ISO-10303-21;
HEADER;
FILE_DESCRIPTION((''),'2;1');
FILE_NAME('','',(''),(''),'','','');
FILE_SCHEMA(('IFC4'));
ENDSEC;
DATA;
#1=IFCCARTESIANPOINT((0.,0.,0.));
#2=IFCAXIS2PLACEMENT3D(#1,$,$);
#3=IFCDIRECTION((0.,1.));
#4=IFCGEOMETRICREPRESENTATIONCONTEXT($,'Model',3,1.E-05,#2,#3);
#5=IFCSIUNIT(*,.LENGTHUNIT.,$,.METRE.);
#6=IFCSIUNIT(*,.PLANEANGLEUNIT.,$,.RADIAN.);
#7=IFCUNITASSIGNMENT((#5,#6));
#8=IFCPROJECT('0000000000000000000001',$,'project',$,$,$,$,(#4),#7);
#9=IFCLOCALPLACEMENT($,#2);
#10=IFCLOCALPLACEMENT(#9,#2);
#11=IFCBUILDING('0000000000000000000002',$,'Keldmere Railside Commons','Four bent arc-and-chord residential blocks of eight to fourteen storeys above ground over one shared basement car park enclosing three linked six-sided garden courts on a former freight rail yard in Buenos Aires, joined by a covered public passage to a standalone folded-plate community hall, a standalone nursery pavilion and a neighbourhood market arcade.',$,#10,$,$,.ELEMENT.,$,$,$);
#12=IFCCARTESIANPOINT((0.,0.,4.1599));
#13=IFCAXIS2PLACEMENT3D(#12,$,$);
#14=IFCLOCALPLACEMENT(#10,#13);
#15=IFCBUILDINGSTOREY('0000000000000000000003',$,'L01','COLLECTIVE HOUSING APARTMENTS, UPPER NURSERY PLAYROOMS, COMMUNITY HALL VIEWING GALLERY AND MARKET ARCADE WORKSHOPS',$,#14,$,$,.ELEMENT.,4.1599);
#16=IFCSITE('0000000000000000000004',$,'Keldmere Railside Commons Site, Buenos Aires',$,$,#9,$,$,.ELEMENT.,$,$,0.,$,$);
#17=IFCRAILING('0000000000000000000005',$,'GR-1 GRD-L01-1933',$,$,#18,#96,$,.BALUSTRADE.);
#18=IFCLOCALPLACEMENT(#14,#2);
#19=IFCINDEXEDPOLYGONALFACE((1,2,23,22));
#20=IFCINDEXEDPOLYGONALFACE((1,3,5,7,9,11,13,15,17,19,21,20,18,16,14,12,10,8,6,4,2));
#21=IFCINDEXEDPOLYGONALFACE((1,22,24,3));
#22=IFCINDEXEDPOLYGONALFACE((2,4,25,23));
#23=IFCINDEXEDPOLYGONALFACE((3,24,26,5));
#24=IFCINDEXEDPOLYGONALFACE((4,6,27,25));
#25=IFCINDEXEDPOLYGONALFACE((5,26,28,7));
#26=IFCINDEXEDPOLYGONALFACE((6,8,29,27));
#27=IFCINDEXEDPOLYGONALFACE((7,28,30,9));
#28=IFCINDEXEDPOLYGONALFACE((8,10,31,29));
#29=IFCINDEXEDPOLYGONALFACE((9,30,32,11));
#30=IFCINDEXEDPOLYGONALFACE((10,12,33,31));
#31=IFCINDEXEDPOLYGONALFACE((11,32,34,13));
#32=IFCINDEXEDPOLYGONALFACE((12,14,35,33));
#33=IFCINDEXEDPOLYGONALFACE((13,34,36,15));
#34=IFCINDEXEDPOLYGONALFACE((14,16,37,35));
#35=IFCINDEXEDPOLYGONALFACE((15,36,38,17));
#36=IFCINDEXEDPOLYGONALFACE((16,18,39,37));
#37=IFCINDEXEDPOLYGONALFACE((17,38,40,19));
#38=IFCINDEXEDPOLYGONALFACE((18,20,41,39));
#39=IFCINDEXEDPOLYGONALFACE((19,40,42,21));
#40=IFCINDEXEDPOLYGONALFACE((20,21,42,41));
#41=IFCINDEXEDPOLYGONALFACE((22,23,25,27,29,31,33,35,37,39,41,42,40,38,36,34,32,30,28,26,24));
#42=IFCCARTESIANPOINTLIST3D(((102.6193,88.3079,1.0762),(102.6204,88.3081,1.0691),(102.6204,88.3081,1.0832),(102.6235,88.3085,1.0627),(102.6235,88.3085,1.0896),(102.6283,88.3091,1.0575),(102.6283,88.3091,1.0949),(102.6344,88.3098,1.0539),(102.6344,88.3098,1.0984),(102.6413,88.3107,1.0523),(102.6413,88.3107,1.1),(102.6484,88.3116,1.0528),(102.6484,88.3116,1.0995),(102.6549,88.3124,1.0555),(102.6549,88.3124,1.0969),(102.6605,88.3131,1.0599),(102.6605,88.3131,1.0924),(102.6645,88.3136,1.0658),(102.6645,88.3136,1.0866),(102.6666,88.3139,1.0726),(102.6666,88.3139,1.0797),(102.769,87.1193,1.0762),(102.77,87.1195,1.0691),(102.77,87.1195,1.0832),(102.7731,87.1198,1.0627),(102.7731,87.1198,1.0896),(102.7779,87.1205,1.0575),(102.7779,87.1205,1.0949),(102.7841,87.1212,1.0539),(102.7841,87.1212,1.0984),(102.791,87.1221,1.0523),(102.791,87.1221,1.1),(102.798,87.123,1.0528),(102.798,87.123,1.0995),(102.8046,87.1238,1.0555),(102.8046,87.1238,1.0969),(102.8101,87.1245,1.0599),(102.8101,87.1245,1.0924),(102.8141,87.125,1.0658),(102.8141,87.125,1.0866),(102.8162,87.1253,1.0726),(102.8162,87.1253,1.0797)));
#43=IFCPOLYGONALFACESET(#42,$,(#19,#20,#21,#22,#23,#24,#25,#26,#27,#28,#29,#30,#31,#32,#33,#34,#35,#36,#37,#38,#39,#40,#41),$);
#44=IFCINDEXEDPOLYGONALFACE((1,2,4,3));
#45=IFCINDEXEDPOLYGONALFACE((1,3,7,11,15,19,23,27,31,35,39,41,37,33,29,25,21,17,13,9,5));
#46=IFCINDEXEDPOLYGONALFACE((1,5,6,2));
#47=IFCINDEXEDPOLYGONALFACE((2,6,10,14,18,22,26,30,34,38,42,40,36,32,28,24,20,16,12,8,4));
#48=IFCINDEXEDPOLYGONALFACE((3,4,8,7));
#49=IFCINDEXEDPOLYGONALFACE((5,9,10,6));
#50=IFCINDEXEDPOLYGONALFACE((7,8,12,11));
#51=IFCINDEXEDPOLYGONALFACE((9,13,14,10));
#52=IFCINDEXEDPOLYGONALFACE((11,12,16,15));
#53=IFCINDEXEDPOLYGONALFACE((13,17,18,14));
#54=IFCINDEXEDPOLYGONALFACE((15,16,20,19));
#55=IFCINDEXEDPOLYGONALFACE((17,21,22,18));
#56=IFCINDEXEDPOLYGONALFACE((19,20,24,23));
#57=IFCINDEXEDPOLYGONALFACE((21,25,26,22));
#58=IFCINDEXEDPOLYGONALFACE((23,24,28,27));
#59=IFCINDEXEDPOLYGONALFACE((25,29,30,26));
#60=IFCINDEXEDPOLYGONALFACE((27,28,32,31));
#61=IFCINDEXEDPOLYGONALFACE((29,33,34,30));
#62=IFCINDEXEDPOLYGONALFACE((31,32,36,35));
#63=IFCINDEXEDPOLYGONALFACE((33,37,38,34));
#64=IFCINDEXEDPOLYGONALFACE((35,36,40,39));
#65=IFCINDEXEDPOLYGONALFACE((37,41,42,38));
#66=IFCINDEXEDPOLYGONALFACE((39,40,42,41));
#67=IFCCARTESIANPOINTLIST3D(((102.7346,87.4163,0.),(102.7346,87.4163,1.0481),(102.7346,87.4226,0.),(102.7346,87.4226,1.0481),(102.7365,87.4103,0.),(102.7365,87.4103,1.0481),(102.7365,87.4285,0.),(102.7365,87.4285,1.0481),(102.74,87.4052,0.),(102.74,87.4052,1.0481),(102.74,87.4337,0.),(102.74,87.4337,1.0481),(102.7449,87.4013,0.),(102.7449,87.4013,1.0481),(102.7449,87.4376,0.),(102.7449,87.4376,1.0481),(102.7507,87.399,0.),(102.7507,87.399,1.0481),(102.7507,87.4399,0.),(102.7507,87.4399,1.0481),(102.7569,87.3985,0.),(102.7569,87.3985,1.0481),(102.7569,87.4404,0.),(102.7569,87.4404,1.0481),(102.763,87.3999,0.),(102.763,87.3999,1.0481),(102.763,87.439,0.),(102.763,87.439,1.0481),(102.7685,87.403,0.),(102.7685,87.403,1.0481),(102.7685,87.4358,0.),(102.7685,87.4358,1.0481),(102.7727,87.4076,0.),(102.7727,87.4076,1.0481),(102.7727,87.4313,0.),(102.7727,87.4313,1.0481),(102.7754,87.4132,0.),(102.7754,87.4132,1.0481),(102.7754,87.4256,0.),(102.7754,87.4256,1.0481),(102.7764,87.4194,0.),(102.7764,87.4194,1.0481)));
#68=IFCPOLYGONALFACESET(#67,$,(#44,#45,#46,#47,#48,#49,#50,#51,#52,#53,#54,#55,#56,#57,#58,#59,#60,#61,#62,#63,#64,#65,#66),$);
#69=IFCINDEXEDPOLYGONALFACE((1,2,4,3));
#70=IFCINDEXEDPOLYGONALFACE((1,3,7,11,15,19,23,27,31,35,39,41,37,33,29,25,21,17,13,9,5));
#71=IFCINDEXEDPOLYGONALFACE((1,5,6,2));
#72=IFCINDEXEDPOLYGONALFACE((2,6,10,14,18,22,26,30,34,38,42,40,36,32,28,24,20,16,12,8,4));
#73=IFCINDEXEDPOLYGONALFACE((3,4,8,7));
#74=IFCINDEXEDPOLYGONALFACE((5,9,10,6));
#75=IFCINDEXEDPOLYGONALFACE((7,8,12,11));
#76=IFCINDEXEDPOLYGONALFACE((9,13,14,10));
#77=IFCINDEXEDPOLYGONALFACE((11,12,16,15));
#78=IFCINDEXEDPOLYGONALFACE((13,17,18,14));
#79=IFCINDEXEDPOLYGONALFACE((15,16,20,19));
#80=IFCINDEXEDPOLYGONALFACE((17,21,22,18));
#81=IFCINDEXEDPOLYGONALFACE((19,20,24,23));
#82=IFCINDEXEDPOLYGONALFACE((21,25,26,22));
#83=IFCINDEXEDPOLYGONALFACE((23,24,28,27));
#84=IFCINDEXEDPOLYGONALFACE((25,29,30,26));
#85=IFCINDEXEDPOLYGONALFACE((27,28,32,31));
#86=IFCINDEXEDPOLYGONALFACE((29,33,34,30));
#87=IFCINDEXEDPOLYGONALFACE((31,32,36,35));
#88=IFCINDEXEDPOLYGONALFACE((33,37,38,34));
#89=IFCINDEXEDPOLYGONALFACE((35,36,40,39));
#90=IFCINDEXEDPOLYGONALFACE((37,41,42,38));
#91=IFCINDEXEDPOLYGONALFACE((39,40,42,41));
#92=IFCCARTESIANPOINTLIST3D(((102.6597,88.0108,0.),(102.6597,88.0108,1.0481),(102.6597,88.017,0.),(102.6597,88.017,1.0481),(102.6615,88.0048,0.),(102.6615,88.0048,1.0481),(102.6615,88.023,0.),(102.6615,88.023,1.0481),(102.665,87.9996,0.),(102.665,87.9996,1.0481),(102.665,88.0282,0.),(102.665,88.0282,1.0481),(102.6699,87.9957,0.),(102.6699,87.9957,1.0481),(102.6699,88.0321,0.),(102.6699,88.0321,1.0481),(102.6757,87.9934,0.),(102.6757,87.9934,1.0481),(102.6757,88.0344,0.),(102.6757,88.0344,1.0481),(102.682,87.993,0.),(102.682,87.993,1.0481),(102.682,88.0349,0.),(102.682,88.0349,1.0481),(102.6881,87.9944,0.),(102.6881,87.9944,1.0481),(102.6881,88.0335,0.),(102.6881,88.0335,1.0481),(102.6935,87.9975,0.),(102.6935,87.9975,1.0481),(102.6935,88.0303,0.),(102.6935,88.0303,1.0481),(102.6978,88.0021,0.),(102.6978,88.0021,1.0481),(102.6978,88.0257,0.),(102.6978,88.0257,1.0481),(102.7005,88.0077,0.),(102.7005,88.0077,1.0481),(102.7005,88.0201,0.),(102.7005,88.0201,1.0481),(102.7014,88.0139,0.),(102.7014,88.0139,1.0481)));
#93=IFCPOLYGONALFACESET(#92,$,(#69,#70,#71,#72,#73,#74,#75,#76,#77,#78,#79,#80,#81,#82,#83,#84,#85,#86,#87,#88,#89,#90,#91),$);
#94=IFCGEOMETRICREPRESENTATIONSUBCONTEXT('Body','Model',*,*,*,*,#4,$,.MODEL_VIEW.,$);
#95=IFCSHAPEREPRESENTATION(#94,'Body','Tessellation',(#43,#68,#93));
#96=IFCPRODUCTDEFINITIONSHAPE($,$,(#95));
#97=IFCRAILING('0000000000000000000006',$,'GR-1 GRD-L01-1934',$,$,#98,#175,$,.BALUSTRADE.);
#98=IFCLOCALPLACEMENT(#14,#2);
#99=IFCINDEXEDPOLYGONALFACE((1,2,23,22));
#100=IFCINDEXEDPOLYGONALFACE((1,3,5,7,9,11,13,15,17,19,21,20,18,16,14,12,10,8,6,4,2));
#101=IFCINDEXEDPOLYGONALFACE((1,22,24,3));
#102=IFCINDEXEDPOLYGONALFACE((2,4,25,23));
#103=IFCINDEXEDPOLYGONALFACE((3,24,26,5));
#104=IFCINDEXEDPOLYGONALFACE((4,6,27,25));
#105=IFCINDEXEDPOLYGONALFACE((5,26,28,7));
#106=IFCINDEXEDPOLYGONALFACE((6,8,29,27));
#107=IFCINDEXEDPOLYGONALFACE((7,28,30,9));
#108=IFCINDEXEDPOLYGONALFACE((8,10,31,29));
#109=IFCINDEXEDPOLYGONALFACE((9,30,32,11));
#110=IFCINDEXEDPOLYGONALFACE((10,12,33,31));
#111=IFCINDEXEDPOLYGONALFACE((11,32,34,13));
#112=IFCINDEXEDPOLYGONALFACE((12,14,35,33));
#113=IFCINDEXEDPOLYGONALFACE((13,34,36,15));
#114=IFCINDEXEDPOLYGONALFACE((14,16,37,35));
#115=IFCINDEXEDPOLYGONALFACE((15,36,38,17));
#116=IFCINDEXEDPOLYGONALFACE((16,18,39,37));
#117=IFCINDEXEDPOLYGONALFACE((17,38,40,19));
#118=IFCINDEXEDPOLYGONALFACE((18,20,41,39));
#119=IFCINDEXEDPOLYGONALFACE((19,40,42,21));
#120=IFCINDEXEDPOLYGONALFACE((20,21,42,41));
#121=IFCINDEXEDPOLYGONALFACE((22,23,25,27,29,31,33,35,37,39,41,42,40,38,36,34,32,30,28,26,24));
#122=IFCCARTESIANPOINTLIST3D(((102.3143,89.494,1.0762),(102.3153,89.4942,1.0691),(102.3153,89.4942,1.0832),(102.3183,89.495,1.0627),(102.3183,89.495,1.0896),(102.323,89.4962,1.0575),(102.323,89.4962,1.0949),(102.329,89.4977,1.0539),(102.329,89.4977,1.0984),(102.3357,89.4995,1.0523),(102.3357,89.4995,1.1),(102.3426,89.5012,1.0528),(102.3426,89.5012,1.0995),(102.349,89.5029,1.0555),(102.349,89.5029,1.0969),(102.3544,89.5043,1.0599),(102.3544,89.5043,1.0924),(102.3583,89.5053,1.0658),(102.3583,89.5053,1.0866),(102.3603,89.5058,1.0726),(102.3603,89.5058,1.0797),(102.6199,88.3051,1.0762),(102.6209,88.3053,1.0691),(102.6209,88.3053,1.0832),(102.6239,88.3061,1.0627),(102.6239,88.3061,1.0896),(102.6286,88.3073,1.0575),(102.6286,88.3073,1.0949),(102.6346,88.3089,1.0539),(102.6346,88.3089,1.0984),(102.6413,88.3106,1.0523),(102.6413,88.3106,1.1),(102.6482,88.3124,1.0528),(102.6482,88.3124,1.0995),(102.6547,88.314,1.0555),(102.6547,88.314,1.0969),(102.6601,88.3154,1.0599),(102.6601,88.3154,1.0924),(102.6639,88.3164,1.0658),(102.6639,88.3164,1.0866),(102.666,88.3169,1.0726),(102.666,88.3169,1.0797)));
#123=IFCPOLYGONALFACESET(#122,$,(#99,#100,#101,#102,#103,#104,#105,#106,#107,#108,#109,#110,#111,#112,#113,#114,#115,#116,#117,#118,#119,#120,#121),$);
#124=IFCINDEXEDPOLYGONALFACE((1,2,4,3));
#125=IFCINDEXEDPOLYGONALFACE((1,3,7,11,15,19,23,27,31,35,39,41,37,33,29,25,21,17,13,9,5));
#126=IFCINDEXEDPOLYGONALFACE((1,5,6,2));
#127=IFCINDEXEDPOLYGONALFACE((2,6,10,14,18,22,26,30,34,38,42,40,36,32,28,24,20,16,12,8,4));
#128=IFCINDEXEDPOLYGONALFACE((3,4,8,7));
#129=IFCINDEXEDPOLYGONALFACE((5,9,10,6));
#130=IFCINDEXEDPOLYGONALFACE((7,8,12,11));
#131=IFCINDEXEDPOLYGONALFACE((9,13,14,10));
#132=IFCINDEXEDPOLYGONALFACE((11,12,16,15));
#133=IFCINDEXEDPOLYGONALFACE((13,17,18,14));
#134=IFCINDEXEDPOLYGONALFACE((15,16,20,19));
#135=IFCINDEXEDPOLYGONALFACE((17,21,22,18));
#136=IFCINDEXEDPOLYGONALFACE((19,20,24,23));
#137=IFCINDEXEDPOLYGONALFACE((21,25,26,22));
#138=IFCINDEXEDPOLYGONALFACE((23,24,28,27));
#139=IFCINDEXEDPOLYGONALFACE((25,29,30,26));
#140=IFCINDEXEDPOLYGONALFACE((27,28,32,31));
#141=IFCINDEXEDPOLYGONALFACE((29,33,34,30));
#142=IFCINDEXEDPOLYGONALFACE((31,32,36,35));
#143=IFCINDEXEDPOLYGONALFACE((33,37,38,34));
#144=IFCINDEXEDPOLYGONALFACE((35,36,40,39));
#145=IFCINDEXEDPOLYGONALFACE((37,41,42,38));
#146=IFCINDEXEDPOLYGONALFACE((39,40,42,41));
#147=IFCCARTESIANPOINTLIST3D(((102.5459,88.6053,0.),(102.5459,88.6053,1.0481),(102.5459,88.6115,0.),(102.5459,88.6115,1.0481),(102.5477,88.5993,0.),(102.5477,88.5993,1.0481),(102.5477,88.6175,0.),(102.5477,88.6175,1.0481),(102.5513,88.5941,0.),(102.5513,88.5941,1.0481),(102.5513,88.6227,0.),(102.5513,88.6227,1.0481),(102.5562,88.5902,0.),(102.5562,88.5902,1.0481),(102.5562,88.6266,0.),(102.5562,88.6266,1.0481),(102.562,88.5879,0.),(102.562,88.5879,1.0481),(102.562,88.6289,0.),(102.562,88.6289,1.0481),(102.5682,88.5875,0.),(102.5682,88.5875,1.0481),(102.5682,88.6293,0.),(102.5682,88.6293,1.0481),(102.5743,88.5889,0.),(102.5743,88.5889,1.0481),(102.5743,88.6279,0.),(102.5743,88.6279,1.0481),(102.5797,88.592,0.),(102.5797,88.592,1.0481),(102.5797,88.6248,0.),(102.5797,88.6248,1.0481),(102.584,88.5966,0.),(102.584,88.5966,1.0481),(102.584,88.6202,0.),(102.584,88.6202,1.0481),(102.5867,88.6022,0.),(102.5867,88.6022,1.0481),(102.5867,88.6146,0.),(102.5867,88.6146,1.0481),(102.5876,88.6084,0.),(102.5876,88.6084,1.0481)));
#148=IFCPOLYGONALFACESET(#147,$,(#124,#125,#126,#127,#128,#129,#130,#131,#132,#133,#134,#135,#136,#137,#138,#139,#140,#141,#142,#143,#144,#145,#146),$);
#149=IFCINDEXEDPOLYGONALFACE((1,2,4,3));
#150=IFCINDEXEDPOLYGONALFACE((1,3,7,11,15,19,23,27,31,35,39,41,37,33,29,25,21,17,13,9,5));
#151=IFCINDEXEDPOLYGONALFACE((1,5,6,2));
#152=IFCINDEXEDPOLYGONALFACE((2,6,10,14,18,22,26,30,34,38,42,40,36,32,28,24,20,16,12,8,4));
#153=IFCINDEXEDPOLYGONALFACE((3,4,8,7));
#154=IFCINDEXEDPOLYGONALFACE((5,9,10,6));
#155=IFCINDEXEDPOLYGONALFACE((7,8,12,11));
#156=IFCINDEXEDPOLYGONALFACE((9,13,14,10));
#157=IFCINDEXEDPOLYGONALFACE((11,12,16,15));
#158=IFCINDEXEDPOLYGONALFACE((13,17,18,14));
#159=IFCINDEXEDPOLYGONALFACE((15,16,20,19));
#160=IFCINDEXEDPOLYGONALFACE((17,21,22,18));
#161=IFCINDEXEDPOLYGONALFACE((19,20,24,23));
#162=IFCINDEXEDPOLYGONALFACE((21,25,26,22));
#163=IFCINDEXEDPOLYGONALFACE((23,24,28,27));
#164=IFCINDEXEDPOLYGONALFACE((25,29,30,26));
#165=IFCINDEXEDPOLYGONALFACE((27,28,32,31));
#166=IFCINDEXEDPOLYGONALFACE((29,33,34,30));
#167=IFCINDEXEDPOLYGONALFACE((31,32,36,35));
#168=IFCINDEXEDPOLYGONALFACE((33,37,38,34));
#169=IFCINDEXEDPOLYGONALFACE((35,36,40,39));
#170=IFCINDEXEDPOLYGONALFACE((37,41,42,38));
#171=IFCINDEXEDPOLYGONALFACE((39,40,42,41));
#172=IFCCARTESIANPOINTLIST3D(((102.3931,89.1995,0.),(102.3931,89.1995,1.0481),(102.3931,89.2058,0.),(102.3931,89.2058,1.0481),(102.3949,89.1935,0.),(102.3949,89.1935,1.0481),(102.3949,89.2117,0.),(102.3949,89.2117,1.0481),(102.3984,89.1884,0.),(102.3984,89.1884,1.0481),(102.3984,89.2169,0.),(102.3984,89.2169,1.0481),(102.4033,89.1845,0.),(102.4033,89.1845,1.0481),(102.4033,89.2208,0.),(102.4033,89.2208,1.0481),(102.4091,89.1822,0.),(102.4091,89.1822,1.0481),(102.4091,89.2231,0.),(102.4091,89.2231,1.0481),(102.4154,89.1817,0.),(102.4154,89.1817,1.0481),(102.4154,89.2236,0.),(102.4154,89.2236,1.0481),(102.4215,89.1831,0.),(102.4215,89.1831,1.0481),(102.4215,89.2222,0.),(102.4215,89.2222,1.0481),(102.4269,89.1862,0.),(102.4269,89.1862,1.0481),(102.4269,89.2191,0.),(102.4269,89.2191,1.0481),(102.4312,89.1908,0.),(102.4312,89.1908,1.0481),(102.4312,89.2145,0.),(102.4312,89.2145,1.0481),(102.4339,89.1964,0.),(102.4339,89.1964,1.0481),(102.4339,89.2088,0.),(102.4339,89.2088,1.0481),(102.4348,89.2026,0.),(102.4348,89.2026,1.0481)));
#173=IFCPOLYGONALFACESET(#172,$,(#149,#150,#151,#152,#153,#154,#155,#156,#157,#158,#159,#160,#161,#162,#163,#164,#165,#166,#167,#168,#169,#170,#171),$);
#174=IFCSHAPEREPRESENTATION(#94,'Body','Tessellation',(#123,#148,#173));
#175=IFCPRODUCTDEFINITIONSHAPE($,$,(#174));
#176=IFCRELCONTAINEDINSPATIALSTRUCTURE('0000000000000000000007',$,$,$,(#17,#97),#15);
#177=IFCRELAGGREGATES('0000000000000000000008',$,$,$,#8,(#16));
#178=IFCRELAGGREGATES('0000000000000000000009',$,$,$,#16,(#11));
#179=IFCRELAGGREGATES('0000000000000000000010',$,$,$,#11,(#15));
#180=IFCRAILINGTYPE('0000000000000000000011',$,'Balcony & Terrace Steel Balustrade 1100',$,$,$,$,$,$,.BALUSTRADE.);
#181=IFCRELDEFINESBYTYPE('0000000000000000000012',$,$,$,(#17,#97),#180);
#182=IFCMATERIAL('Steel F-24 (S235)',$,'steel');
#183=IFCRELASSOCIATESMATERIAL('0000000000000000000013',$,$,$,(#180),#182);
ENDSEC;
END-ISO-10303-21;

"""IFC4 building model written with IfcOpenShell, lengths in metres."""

from ifc_helpers import new_model, si_unit, direction, frame, origin, origin_2d, place, context, subcontext, project, spatial, circle, extrude, material, type_object, element, save


model = new_model("IFC4")

# Units and contexts
model_context = context("Model", 3, precision=1e-05, world=origin(), true_north=direction((0.0, 1.0)))
body_context = subcontext(model_context, "Body", "Model", "MODEL_VIEW")
ifc_project = project(units=[si_unit("LENGTHUNIT", "METRE"), si_unit("PLANEANGLEUNIT", "RADIAN")], contexts=[model_context])

# Site, building, storey
site_placement = place(None, origin())
site = spatial("IfcSite", under=ifc_project, at=site_placement, Name="Keldmere Railside Commons Site, Buenos Aires", CompositionType="ELEMENT", RefElevation=0.0)
building_placement = place(site_placement, origin())
building = spatial("IfcBuilding", under=site, at=building_placement, Name="Keldmere Railside Commons", Description="Four bent arc-and-chord residential blocks of eight to fourteen storeys above ground over one shared basement car park enclosing three linked six-sided garden courts on a former freight rail yard in Buenos Aires, joined by a covered public passage to a standalone folded-plate community hall, a standalone nursery pavilion and a neighbourhood market arcade.", CompositionType="ELEMENT")
storey_placement = place(building_placement, frame((0.0, 0.0, 4.1599)))
storey = spatial("IfcBuildingStorey", under=building, at=storey_placement, Name="L01", Description="COLLECTIVE HOUSING APARTMENTS, UPPER NURSERY PLAYROOMS, COMMUNITY HALL VIEWING GALLERY AND MARKET ARCADE WORKSHOPS", CompositionType="ELEMENT", Elevation=4.1599)

# Railings
ifc_material_1 = material(Name="Steel F-24 (S235)", Category="steel")
railing_type = type_object("IfcRailingType", Name="Balcony & Terrace Steel Balustrade 1100", PredefinedType="BALUSTRADE", material=ifc_material_1)
railing_1_placement = place(storey_placement, frame((102.7927, 87.1223, 0.0)))
element("IfcRailing", 1, at=railing_1_placement, inside=storey, type_object=railing_type, Name="GR-1 GRD-L01-1933", PredefinedType="BALUSTRADE", context=body_context, shape_type="SweptSolid", body=[
    extrude(circle(Radius=0.0239, at=origin_2d()), frame((0.0, 0.0, 1.0762), z_axis=(-0.124912, 0.992168, 0.0), x_axis=(-0.992168, -0.124912, 0.0)), (0.0, 0.0, 1.0), 1.198),
    extrude(circle(Radius=0.021, at=origin_2d()), frame((-0.0374, 0.2971, 0.0)), (0.0, 0.0, 1.0), 1.0481),
    extrude(circle(Radius=0.021, at=origin_2d()), frame((-0.1123, 0.8916, 0.0)), (0.0, 0.0, 1.0), 1.0481),
])
railing_2_placement = place(storey_placement, frame((102.6431, 88.311, 0.0)))
element("IfcRailing", 2, at=railing_2_placement, inside=storey, type_object=railing_type, Name="GR-1 GRD-L01-1934", PredefinedType="BALUSTRADE", context=body_context, shape_type="SweptSolid", body=[
    extrude(circle(Radius=0.0239, at=origin_2d()), frame((0.0, 0.0, 1.0762), z_axis=(-0.248988, 0.968507, 0.0), x_axis=(-0.968507, -0.248988, 0.0)), (0.0, 0.0, 1.0), 1.2275),
    extrude(circle(Radius=0.021, at=origin_2d()), frame((-0.0764, 0.2974, 0.0)), (0.0, 0.0, 1.0), 1.0481),
    extrude(circle(Radius=0.021, at=origin_2d()), frame((-0.2292, 0.8916, 0.0)), (0.0, 0.0, 1.0), 1.0481),
])

save(model, "model.ifc")
